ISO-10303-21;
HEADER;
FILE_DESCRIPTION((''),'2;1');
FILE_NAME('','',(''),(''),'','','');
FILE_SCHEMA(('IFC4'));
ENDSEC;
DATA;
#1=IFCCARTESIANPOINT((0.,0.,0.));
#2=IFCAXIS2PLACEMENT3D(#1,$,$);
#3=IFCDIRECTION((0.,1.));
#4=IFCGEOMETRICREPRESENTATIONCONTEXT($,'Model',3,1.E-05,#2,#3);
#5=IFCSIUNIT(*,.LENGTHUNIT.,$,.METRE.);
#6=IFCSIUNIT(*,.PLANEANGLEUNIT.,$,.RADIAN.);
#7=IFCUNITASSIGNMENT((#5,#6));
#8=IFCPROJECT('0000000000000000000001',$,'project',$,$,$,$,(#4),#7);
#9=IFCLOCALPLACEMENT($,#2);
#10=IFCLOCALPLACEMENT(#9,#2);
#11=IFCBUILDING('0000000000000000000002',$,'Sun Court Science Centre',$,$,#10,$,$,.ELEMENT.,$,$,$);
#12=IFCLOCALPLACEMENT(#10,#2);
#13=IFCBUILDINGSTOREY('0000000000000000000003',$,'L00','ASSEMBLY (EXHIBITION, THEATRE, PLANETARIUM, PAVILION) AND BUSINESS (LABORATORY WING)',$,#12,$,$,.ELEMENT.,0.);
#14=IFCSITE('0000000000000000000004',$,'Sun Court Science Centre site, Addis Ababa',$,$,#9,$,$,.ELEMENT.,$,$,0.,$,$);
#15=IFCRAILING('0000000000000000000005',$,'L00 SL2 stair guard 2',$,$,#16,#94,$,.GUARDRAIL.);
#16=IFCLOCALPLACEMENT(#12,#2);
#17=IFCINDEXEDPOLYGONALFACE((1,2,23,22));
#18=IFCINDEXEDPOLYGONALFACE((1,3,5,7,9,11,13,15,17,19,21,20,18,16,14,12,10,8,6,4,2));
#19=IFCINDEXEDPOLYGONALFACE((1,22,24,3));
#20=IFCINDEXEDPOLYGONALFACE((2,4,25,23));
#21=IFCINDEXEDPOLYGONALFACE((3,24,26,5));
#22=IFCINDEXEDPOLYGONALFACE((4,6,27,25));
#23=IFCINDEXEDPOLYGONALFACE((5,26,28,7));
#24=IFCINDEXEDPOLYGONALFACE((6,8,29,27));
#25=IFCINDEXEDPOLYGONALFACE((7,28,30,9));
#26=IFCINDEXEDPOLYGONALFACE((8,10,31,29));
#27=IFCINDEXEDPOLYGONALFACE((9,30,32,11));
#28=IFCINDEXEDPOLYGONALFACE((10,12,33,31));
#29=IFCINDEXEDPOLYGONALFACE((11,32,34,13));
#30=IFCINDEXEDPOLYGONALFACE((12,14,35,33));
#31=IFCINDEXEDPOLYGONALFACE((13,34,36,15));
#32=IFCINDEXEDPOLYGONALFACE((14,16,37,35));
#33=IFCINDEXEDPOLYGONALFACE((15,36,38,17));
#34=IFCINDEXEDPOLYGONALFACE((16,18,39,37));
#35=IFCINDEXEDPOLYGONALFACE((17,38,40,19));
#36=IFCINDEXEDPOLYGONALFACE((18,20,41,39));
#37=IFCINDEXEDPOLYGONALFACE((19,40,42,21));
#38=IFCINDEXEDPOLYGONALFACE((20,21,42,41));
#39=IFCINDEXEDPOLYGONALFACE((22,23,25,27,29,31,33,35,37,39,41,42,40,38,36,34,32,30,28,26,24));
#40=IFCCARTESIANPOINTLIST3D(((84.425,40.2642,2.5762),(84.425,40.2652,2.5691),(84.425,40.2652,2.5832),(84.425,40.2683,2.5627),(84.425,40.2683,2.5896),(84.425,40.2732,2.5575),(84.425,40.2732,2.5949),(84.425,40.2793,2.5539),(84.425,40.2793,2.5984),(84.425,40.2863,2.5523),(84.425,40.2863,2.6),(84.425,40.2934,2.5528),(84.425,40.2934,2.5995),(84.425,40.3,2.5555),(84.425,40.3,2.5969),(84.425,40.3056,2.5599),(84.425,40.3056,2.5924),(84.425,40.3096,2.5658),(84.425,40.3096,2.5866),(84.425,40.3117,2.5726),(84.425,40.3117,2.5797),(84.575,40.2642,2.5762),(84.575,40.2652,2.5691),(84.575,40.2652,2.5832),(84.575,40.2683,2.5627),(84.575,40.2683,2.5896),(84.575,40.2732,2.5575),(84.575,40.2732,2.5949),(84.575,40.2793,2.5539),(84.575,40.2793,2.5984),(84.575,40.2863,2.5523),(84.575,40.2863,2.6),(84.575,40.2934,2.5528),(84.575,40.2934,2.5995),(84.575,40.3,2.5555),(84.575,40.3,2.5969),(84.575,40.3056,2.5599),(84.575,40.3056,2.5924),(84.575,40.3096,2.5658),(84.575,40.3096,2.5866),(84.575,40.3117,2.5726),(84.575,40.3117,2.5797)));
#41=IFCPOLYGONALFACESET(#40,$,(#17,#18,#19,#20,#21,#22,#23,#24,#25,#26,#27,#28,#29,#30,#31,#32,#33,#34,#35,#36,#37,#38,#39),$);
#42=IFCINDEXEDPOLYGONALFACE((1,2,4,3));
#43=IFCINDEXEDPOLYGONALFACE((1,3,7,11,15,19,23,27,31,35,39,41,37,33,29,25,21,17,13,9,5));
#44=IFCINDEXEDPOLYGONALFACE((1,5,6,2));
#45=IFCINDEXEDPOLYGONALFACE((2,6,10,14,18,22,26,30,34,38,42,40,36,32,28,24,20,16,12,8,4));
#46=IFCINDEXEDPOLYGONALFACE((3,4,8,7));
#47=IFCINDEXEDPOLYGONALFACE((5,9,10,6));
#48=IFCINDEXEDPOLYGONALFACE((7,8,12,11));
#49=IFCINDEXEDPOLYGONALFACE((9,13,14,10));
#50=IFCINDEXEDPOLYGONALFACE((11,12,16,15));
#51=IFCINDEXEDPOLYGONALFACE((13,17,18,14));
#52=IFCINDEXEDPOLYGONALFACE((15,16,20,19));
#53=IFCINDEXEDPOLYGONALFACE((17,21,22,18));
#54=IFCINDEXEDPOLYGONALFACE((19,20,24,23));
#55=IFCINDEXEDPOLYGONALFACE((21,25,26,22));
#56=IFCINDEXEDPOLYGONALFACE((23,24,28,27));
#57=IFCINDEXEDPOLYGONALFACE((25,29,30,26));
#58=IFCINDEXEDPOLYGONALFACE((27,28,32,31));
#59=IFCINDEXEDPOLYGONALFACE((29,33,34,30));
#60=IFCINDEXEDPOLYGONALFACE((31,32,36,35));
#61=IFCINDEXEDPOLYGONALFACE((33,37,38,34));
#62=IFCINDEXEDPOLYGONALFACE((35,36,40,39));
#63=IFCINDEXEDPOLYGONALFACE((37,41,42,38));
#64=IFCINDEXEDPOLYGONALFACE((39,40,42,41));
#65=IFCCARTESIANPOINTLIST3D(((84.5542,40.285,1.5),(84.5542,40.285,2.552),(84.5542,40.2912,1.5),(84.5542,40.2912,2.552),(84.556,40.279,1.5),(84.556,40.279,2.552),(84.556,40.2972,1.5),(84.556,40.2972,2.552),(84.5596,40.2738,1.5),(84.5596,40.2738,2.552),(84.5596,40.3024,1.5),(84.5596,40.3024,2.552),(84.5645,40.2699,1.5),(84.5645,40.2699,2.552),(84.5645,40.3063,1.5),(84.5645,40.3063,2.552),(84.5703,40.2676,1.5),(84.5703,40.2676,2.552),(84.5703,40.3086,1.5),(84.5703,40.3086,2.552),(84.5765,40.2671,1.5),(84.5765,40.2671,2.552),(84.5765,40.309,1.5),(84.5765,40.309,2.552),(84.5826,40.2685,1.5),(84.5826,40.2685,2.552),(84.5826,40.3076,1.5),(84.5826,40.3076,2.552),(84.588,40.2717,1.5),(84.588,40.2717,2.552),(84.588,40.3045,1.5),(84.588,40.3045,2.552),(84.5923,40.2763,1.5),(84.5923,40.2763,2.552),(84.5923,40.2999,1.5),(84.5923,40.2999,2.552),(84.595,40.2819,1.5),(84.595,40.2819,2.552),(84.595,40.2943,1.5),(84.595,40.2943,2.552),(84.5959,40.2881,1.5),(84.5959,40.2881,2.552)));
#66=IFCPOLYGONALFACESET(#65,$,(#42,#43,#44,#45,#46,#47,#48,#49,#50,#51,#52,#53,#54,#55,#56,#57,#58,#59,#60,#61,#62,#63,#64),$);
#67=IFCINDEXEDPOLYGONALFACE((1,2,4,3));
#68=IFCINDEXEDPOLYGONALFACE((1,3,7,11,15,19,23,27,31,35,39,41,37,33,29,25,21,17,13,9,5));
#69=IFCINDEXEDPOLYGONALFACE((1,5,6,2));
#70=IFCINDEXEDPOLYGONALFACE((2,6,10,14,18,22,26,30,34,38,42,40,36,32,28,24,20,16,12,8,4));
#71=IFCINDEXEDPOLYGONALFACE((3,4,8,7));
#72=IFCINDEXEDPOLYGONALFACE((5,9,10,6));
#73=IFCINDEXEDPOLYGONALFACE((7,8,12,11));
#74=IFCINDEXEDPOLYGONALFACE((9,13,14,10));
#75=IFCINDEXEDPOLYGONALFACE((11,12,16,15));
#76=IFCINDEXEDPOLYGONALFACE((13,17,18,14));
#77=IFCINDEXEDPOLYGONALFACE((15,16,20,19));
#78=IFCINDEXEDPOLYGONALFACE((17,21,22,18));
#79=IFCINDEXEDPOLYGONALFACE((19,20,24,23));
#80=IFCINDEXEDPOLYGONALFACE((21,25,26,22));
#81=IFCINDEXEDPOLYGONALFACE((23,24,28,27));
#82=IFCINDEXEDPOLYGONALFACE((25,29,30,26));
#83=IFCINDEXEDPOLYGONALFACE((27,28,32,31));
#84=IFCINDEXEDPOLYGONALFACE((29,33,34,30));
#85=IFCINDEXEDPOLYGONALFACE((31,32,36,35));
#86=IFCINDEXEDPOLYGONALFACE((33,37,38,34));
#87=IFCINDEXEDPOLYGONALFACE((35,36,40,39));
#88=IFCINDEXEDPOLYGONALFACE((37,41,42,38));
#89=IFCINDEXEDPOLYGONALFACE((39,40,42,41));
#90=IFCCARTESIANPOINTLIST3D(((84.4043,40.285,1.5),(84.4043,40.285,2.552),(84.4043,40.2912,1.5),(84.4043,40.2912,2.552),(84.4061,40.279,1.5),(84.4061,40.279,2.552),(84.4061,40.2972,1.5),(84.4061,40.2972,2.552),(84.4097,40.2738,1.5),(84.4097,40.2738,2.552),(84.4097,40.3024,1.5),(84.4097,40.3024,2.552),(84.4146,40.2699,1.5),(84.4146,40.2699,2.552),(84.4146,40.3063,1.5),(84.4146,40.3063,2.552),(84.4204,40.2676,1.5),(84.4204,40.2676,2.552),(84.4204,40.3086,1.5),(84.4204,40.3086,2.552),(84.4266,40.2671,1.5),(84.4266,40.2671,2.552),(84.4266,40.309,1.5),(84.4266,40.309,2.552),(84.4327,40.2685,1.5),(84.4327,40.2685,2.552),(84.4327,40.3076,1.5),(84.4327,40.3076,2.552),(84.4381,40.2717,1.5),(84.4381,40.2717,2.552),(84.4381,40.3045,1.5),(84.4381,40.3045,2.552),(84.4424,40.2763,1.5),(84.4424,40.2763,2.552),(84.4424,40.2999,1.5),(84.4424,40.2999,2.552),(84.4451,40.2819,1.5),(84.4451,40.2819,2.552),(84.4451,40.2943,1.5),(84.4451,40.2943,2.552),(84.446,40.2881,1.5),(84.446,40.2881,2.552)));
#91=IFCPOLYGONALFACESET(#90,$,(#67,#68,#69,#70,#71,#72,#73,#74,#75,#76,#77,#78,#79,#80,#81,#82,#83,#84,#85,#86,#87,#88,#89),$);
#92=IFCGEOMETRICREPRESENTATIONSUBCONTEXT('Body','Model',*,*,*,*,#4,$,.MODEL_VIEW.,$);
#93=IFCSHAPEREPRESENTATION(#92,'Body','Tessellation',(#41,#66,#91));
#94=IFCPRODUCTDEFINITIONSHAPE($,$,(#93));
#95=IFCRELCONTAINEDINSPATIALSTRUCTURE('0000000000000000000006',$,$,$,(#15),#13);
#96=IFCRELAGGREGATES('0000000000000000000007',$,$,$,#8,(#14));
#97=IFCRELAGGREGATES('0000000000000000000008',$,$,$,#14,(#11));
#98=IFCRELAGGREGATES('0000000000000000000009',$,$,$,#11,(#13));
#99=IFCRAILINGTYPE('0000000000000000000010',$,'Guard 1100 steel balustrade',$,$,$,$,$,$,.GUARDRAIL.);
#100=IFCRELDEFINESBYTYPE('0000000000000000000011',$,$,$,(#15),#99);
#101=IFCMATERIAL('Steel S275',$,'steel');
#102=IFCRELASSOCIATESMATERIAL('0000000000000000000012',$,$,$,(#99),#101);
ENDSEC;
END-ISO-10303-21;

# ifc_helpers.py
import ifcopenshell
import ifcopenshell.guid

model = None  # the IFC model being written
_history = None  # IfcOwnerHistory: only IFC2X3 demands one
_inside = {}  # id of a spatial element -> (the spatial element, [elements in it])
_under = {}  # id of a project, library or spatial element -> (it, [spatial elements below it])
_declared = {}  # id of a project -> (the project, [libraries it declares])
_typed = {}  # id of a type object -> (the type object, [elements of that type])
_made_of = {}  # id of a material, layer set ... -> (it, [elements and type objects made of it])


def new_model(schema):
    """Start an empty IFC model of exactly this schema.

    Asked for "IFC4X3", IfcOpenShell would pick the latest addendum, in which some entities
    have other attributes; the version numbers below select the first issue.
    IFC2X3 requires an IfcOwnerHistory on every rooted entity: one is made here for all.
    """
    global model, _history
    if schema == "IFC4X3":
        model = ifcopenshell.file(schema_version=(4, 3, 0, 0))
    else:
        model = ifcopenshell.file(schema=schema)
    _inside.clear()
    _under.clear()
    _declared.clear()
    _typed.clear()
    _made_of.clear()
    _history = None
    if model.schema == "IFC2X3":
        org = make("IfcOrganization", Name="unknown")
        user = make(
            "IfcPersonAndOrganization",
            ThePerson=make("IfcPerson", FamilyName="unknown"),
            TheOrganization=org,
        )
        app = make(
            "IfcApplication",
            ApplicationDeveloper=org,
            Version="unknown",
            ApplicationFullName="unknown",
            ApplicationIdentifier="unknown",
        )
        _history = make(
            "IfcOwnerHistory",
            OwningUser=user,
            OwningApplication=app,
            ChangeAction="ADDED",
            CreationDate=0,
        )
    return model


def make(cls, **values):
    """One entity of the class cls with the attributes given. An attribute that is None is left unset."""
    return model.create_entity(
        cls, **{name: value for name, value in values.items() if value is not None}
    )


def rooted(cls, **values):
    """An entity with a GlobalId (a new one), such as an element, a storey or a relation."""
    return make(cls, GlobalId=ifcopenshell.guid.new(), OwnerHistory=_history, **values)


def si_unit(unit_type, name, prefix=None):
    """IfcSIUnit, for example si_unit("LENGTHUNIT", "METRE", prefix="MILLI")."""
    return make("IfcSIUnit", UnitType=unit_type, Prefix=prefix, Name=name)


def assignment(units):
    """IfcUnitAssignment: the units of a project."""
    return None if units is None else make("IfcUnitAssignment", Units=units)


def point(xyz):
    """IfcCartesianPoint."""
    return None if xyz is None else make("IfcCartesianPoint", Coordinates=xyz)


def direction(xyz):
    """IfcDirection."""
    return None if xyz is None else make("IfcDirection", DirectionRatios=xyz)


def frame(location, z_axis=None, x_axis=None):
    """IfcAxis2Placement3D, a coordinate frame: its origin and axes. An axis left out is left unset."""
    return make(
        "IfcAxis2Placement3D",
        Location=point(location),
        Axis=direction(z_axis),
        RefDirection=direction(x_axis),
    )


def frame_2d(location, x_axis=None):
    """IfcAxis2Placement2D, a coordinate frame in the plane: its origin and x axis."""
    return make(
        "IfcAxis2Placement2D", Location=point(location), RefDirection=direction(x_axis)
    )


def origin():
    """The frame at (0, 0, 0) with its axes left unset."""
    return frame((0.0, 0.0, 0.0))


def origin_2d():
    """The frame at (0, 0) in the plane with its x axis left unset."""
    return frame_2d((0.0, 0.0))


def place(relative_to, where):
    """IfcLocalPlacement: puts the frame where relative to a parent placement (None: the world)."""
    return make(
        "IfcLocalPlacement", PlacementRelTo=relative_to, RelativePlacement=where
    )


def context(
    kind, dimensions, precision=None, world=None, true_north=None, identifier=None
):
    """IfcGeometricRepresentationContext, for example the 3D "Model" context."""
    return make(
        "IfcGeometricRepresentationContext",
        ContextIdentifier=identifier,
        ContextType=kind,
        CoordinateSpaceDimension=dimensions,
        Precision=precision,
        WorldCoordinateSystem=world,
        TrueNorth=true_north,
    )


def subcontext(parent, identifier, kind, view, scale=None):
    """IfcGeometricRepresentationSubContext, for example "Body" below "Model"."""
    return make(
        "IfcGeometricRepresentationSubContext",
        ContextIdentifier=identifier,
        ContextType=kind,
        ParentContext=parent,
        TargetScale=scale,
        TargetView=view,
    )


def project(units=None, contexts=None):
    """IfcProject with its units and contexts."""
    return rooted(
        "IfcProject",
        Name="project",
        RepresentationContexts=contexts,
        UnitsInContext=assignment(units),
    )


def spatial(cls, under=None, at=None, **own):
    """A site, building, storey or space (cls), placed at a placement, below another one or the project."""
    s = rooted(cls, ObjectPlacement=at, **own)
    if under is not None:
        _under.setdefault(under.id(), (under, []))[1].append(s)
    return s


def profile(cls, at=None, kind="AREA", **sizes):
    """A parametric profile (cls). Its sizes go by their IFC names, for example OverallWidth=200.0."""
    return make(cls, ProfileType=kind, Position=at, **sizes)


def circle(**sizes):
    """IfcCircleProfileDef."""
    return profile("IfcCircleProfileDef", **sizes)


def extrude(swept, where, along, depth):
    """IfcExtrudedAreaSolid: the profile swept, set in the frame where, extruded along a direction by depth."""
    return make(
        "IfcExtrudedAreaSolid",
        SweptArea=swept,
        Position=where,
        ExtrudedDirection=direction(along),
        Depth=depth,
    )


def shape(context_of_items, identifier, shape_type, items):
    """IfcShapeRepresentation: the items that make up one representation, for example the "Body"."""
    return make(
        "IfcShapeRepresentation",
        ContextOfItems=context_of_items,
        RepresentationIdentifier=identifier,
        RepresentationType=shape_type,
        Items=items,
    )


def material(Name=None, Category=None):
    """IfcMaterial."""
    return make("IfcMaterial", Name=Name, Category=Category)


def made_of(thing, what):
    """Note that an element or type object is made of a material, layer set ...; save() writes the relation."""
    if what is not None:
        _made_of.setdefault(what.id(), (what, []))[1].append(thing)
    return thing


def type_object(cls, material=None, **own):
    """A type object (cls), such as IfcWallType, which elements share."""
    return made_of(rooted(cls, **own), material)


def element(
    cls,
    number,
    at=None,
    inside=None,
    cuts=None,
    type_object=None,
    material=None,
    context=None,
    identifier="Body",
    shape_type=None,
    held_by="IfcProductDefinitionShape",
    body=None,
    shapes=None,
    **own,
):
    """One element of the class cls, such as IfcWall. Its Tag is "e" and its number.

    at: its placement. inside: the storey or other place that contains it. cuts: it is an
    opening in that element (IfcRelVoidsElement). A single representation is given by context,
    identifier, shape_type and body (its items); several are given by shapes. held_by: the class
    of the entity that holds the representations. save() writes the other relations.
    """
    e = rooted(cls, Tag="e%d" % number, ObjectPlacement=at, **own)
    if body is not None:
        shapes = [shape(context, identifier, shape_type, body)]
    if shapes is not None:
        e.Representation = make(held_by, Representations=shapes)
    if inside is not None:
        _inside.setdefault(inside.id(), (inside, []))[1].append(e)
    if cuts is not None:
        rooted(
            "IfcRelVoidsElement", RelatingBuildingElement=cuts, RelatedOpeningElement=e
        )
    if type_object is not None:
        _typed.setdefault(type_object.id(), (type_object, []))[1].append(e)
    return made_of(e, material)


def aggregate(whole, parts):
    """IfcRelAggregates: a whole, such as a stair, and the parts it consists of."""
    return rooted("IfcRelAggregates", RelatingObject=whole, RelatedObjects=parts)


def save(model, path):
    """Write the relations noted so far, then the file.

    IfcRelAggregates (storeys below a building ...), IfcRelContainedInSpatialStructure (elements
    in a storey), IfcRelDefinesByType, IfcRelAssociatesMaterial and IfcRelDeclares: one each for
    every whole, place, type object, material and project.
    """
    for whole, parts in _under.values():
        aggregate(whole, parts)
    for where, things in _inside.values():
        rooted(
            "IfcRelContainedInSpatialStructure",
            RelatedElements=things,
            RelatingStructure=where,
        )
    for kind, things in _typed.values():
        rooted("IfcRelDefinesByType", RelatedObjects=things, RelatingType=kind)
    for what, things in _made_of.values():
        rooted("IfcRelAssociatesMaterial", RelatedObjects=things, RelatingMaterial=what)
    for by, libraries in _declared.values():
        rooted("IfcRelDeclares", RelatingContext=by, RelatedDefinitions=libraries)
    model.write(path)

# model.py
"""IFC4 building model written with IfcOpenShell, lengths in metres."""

from ifc_helpers import new_model, si_unit, direction, frame, origin, origin_2d, place, context, subcontext, project, spatial, circle, extrude, material, type_object, element, save


model = new_model("IFC4")

# Units and contexts
model_context = context("Model", 3, precision=1e-05, world=origin(), true_north=direction((0.0, 1.0)))
body_context = subcontext(model_context, "Body", "Model", "MODEL_VIEW")
ifc_project = project(units=[si_unit("LENGTHUNIT", "METRE"), si_unit("PLANEANGLEUNIT", "RADIAN")], contexts=[model_context])

# Site, building, storey
site_placement = place(None, origin())
site = spatial("IfcSite", under=ifc_project, at=site_placement, Name="Sun Court Science Centre site, Addis Ababa", CompositionType="ELEMENT", RefElevation=0.0)
building_placement = place(site_placement, origin())
building = spatial("IfcBuilding", under=site, at=building_placement, Name="Sun Court Science Centre", CompositionType="ELEMENT")
storey_placement = place(building_placement, origin())
storey = spatial("IfcBuildingStorey", under=building, at=storey_placement, Name="L00", Description="ASSEMBLY (EXHIBITION, THEATRE, PLANETARIUM, PAVILION) AND BUSINESS (LABORATORY WING)", CompositionType="ELEMENT", Elevation=0.0)

# Railing
ifc_material_1 = material(Name="Steel S275", Category="steel")
railing_type_1 = type_object("IfcRailingType", Name="Guard 1100 steel balustrade", PredefinedType="GUARDRAIL", material=ifc_material_1)
railing_1_placement = place(storey_placement, frame((84.575, 40.2881, 1.5)))
element("IfcRailing", 1, at=railing_1_placement, inside=storey, type_object=railing_type_1, Name="L00 SL2 stair guard 2", PredefinedType="GUARDRAIL", context=body_context, shape_type="SweptSolid", body=[
    extrude(circle(Radius=0.0239, at=origin_2d()), frame((0.0, 0.0, 1.0762), z_axis=(-1.0, 0.0, 0.0), x_axis=(0.0, -1.0, 0.0)), (0.0, 0.0, 1.0), 0.1499),
    extrude(circle(Radius=0.021, at=origin_2d()), origin(), (0.0, 0.0, 1.0), 1.052),
    extrude(circle(Radius=0.021, at=origin_2d()), frame((-0.1499, 0.0, 0.0)), (0.0, 0.0, 1.0), 1.052),
])

save(model, "model.ifc")
